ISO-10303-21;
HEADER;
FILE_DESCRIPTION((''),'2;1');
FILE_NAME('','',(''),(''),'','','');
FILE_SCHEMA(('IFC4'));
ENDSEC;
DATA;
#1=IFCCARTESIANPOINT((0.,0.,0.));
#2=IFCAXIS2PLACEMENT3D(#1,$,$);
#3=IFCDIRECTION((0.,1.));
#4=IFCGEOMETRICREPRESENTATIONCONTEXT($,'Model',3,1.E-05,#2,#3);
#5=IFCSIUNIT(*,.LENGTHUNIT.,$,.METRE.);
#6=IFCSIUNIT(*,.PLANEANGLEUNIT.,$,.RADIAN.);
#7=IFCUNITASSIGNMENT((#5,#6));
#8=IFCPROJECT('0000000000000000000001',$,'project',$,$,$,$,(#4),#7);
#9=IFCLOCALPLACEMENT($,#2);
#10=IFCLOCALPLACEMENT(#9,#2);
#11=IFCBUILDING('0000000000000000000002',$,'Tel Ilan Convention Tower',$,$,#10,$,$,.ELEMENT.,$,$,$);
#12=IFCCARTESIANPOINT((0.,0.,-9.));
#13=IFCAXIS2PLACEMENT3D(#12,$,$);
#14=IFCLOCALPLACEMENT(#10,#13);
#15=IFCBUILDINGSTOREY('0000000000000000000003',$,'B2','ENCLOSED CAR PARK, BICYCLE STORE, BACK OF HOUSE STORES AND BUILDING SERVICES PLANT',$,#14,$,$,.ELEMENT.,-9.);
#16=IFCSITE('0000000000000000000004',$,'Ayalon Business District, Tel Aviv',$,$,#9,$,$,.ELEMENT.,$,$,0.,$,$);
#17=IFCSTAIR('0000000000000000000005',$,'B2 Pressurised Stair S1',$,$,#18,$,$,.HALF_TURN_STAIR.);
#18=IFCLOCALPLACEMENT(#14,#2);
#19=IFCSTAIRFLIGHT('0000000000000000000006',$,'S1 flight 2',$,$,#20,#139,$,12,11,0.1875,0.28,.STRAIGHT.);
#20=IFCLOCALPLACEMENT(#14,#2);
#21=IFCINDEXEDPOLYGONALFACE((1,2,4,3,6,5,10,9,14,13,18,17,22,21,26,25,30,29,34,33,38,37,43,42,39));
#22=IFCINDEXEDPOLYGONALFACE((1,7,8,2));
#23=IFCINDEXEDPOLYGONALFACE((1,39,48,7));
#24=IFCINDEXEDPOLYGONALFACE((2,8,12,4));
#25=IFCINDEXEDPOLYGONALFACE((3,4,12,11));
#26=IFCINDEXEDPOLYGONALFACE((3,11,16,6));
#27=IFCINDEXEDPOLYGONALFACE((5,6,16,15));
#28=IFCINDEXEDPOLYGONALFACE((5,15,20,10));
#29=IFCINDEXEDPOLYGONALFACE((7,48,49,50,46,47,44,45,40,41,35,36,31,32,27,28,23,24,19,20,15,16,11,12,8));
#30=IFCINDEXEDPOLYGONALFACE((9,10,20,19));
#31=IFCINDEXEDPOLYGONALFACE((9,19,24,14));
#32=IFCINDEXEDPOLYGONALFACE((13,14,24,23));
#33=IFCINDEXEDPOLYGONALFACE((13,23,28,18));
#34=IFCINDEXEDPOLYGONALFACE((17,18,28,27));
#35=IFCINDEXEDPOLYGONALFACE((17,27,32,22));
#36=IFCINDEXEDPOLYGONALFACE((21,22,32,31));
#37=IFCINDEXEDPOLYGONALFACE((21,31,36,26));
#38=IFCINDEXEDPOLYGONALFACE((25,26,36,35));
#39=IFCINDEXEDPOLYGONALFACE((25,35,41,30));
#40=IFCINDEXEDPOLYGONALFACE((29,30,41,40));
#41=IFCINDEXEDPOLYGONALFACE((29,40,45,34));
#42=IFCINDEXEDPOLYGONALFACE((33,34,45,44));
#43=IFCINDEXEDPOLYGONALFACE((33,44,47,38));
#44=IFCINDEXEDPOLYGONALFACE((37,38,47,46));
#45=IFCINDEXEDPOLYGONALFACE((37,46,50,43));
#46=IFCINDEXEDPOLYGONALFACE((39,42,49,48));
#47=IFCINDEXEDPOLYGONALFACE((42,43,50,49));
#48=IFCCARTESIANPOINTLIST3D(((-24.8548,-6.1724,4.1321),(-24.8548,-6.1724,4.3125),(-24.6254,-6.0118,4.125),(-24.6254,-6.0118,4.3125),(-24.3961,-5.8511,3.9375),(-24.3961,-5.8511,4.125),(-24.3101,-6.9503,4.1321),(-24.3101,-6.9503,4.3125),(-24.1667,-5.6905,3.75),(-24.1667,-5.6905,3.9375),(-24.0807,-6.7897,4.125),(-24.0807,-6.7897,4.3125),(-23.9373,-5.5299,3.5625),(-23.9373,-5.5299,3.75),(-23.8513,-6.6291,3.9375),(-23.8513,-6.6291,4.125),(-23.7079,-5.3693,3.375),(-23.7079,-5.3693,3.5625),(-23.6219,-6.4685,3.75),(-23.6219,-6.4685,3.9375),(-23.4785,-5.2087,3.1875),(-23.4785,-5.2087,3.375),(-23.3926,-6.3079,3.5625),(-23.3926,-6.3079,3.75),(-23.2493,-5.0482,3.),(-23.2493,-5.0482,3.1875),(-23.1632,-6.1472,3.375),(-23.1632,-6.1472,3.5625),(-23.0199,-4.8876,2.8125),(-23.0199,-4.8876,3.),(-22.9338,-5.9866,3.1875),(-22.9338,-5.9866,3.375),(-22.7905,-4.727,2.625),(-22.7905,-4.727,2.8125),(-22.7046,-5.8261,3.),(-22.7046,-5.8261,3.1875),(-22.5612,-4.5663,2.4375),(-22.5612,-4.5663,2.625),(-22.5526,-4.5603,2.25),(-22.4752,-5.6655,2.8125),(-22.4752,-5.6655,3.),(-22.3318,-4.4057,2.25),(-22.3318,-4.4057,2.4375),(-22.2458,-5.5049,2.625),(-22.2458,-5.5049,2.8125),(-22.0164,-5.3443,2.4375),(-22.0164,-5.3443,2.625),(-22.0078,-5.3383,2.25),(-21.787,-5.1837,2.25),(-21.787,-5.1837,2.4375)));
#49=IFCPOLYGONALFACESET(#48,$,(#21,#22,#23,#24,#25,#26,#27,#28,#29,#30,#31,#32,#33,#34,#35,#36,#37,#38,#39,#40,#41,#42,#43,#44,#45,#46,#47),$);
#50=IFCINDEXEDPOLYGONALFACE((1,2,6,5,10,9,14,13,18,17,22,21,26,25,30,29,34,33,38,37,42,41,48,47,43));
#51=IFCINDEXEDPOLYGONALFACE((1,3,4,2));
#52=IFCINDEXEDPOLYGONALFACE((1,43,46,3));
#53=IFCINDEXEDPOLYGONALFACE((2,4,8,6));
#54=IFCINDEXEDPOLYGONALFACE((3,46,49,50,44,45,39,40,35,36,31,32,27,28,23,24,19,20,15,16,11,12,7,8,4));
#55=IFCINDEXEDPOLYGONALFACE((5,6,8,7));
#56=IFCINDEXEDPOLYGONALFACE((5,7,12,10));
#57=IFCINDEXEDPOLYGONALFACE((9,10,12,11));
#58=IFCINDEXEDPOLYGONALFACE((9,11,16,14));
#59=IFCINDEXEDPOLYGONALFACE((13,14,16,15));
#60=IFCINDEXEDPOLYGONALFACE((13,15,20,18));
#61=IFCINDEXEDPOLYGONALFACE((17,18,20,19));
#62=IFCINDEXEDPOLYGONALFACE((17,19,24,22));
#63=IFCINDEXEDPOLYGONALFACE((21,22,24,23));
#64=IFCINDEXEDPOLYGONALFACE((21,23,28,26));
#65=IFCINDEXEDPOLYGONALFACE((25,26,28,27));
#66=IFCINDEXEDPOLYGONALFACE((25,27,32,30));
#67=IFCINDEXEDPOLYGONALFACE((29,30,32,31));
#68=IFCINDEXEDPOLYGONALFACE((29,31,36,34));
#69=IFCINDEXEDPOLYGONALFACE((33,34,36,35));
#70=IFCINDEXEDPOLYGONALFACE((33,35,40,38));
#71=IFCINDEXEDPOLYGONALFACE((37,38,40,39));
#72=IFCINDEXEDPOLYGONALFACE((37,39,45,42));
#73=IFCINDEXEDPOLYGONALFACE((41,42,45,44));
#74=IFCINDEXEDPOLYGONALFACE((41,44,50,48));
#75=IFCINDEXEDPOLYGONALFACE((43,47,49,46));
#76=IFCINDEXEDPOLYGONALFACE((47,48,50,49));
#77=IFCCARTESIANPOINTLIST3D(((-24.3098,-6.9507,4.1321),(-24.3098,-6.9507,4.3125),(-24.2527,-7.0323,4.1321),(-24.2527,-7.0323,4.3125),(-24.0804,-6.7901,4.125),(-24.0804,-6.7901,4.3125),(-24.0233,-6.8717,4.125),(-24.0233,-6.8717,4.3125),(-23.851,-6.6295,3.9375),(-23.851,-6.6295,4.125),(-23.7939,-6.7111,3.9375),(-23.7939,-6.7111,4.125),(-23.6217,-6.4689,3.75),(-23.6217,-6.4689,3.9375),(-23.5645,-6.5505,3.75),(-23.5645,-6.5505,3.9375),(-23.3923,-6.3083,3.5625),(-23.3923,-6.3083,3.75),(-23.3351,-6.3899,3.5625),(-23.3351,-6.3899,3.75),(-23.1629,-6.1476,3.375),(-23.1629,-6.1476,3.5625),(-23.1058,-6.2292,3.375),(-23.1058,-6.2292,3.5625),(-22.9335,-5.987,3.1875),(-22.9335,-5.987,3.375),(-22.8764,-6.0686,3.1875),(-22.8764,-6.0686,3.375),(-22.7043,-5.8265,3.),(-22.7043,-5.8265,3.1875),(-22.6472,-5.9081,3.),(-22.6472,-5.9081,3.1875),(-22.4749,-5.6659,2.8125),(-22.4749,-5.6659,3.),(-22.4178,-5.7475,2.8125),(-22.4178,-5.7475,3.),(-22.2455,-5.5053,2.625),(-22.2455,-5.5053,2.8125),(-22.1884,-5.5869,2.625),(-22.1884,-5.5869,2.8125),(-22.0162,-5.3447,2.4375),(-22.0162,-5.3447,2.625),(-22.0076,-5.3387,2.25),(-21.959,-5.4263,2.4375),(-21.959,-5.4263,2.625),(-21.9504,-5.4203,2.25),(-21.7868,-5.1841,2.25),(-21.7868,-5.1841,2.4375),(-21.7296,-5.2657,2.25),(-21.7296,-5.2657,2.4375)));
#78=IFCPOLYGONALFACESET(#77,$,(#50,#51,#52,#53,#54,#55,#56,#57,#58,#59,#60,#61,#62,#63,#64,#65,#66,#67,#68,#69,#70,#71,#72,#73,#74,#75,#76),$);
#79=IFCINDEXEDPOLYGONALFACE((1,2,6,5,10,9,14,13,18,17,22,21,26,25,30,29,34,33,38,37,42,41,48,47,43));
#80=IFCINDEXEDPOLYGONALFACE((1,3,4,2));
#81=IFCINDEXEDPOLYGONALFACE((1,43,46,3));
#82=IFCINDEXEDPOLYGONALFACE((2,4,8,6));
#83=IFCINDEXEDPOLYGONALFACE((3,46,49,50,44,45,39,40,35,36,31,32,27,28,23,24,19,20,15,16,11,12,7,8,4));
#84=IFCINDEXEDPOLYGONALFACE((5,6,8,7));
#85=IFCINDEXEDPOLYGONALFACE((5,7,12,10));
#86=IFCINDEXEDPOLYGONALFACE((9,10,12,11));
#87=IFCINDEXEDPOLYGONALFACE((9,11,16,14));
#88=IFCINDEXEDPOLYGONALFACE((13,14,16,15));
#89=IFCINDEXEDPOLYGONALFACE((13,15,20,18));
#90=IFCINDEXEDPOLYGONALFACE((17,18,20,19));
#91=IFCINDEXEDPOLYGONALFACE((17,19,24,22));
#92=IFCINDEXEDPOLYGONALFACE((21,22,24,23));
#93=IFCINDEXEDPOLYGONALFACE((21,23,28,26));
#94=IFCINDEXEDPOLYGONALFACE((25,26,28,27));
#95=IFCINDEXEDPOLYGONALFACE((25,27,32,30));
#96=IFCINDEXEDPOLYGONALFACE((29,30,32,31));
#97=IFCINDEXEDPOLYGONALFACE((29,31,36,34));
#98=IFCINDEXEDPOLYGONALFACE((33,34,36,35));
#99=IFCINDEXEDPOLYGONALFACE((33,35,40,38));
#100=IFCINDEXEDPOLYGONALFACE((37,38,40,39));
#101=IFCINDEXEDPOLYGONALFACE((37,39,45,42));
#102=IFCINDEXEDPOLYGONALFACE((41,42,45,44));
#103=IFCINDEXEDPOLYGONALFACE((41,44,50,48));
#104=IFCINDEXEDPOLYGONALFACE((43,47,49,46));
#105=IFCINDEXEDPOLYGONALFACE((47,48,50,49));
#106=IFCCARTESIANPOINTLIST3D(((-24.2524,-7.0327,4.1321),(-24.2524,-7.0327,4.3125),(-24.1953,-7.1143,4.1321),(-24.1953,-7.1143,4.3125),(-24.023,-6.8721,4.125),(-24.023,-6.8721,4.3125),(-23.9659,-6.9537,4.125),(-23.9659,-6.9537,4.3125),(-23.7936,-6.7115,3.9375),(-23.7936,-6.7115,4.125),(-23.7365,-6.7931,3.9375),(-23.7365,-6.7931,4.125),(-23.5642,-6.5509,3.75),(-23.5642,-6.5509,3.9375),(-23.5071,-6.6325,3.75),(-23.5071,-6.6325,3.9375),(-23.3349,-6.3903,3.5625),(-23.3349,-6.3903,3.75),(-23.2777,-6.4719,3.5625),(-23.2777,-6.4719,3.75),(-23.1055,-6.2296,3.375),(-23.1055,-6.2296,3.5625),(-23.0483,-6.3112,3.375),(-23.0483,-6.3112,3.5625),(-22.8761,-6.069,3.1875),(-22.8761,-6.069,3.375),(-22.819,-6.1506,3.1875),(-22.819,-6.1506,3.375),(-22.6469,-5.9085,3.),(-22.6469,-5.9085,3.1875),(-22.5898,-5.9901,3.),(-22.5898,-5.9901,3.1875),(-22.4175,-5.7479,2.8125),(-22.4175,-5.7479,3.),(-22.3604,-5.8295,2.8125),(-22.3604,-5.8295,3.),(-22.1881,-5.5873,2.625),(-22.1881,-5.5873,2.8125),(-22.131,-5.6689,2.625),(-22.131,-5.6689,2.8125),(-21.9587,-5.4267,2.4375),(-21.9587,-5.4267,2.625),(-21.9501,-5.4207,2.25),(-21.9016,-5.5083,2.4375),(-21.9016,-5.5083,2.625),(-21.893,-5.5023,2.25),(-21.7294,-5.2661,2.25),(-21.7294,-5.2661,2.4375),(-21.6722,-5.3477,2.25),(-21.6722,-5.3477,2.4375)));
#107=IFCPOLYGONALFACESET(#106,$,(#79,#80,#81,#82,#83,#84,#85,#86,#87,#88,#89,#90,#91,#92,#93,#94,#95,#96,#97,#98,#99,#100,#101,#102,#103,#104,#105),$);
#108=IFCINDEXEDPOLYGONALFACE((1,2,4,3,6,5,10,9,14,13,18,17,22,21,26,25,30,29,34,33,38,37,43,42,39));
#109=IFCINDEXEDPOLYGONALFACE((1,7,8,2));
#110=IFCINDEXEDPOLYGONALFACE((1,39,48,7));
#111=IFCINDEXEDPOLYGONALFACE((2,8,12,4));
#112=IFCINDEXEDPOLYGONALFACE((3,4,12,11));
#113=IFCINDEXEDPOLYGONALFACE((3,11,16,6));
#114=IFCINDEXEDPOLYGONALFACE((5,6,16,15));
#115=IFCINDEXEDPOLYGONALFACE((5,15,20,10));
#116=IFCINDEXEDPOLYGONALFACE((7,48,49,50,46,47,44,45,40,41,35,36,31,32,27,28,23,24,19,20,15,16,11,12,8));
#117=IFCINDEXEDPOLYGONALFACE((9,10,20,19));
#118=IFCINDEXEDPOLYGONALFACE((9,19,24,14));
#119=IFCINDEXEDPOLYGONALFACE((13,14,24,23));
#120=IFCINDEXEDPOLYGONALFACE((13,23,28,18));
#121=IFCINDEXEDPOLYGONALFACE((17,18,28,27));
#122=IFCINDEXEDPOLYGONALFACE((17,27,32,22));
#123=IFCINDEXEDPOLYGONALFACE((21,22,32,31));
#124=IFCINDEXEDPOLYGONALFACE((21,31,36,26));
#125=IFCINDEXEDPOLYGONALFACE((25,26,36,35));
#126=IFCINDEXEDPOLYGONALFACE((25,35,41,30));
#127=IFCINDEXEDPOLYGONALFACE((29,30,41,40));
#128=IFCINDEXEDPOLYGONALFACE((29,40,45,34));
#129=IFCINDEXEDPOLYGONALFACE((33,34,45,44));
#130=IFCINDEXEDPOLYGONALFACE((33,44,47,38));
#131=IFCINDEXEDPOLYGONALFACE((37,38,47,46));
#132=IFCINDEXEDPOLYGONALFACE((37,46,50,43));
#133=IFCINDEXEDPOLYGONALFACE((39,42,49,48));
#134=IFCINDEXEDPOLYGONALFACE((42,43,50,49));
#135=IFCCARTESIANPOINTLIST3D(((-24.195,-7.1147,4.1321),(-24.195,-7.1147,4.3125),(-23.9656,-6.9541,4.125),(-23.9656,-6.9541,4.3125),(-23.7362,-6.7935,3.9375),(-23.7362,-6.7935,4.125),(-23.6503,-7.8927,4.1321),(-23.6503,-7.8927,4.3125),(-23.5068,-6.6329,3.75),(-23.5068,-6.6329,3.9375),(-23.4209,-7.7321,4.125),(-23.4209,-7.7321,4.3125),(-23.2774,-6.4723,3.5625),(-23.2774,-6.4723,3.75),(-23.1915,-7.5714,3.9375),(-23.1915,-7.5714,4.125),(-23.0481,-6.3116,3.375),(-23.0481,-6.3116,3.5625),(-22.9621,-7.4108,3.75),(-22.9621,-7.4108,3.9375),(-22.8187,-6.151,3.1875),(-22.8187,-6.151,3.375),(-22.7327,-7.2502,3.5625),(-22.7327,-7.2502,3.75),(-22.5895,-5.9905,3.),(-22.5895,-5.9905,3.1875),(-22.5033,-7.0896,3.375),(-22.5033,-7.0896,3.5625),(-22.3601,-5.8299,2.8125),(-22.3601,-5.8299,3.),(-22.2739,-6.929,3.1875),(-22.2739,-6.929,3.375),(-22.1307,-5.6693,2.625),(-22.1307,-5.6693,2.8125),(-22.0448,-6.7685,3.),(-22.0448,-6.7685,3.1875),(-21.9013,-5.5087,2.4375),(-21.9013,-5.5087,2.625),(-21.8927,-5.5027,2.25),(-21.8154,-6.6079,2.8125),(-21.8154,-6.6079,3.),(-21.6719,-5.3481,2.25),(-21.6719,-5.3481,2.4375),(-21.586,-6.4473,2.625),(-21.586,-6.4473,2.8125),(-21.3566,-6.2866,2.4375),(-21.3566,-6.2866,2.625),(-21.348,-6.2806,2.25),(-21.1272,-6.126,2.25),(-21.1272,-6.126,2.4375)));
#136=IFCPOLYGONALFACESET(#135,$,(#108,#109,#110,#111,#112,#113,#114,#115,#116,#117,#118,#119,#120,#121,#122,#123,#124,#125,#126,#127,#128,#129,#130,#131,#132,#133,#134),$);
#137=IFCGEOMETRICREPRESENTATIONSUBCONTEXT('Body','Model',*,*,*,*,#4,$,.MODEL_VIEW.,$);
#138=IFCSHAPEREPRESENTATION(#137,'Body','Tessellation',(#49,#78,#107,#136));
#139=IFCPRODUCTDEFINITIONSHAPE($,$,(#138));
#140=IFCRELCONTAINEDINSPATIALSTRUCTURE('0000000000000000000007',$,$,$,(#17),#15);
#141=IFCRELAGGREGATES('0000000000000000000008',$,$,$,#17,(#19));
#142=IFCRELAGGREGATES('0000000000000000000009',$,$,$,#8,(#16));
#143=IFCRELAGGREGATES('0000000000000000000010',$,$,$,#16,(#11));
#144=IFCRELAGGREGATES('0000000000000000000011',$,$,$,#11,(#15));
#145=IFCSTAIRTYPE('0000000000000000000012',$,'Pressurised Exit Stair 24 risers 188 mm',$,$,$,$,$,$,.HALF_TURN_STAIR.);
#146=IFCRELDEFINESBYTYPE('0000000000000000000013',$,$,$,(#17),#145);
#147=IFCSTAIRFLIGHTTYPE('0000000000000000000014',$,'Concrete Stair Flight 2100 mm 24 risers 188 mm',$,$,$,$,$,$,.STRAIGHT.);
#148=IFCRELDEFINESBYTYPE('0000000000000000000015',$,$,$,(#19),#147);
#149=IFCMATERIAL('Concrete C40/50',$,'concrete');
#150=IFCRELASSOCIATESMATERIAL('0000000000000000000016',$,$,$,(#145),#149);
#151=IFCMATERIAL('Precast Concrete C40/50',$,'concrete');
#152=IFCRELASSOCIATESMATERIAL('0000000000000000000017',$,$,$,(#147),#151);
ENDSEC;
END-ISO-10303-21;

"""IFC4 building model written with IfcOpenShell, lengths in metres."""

from ifc_helpers import new_model, si_unit, direction, frame, origin, place, context, subcontext, project, spatial, polyline, outline, extrude, material, type_object, element, aggregate, save


model = new_model("IFC4")

# Units and contexts
model_context = context("Model", 3, precision=1e-05, world=origin(), true_north=direction((0.0, 1.0)))
body_context = subcontext(model_context, "Body", "Model", "MODEL_VIEW")
ifc_project = project(units=[si_unit("LENGTHUNIT", "METRE"), si_unit("PLANEANGLEUNIT", "RADIAN")], contexts=[model_context])

# Site, building, storey
site_placement = place(None, origin())
site = spatial("IfcSite", under=ifc_project, at=site_placement, Name="Ayalon Business District, Tel Aviv", CompositionType="ELEMENT", RefElevation=0.0)
building_placement = place(site_placement, origin())
building = spatial("IfcBuilding", under=site, at=building_placement, Name="Tel Ilan Convention Tower", CompositionType="ELEMENT")
storey_placement = place(building_placement, frame((0.0, 0.0, -9.0)))
storey = spatial("IfcBuildingStorey", under=building, at=storey_placement, Name="B2", Description="ENCLOSED CAR PARK, BICYCLE STORE, BACK OF HOUSE STORES AND BUILDING SERVICES PLANT", CompositionType="ELEMENT", Elevation=-9.0)

# Stair, stair flight
ifc_material_1 = material(Name="Concrete C40/50", Category="concrete")
stair_type = type_object("IfcStairType", Name="Pressurised Exit Stair 24 risers 188 mm", PredefinedType="HALF_TURN_STAIR", material=ifc_material_1)
stair_1_placement = place(storey_placement, origin())
stair_1 = element("IfcStair", 1, at=stair_1_placement, inside=storey, type_object=stair_type, Name="B2 Pressurised Stair S1", PredefinedType="HALF_TURN_STAIR")
ifc_material_2 = material(Name="Precast Concrete C40/50", Category="concrete")
stair_flight_type = type_object("IfcStairFlightType", Name="Concrete Stair Flight 2100 mm 24 risers 188 mm", PredefinedType="STRAIGHT", material=ifc_material_2)
stair_flight_1_placement = place(storey_placement, frame((-21.7295, -5.2659, 2.25), z_axis=(0.0, 0.0, 1.0), x_axis=(-0.819152, -0.573576, 0.0)))
stair_flight_1 = element("IfcStairFlight", 2, at=stair_flight_1_placement, type_object=stair_flight_type, Name="S1 flight 2", NumberOfRisers=12, NumberOfTreads=11, PredefinedType="STRAIGHT", RiserHeight=0.1875, TreadLength=0.28, context=body_context, shape_type="SweptSolid", body=[
    extrude(outline(polyline([(0.0, 0.0), (0.0, 0.1875), (0.28, 0.1875), (0.28, 0.375), (0.5601, 0.375), (0.5601, 0.5625), (0.8401, 0.5625), (0.8401, 0.75), (1.1201, 0.75), (1.1201, 0.9375), (1.3999, 0.9375), (1.3999, 1.125), (1.6799, 1.125), (1.6799, 1.3125), (1.96, 1.3125), (1.96, 1.5), (2.24, 1.5), (2.24, 1.6875), (2.52, 1.6875), (2.52, 1.875), (2.8, 1.875), (2.8, 2.0625), (3.0801, 2.0625), (3.0801, 2.25), (3.0801, 1.8821), (0.2695, 0.0), (0.0, 0.0)])), frame((0.0, -0.1003, 0.0), z_axis=(0.0, -1.0, 0.0), x_axis=(1.0, 0.0, 0.0)), (0.0, 0.0, 1.0), 0.9497),
    extrude(outline(polyline([(0.0, 0.0), (0.0, 0.1875), (0.28, 0.1875), (0.28, 0.375), (0.5601, 0.375), (0.5601, 0.5625), (0.8401, 0.5625), (0.8401, 0.75), (1.1201, 0.75), (1.1201, 0.9375), (1.3999, 0.9375), (1.3999, 1.125), (1.6799, 1.125), (1.6799, 1.3125), (1.96, 1.3125), (1.96, 1.5), (2.24, 1.5), (2.24, 1.6875), (2.52, 1.6875), (2.52, 1.875), (2.8, 1.875), (2.8, 2.0625), (3.0801, 2.0625), (3.0801, 2.25), (3.0801, 1.8821), (0.2695, 0.0), (0.0, 0.0)])), frame((0.0, -0.0002, 0.0), z_axis=(0.0, -1.0, 0.0), x_axis=(1.0, 0.0, 0.0)), (0.0, 0.0, 1.0), 0.0996),
    extrude(outline(polyline([(0.0, 0.0), (0.0, 0.1875), (0.28, 0.1875), (0.28, 0.375), (0.5601, 0.375), (0.5601, 0.5625), (0.8401, 0.5625), (0.8401, 0.75), (1.1201, 0.75), (1.1201, 0.9375), (1.3999, 0.9375), (1.3999, 1.125), (1.6799, 1.125), (1.6799, 1.3125), (1.96, 1.3125), (1.96, 1.5), (2.24, 1.5), (2.24, 1.6875), (2.52, 1.6875), (2.52, 1.875), (2.8, 1.875), (2.8, 2.0625), (3.0801, 2.0625), (3.0801, 2.25), (3.0801, 1.8821), (0.2695, 0.0), (0.0, 0.0)])), frame((0.0, 0.0999, 0.0), z_axis=(0.0, -1.0, 0.0), x_axis=(1.0, 0.0, 0.0)), (0.0, 0.0, 1.0), 0.0996),
    extrude(outline(polyline([(0.0, 0.0), (0.0, 0.1875), (0.28, 0.1875), (0.28, 0.375), (0.5601, 0.375), (0.5601, 0.5625), (0.8401, 0.5625), (0.8401, 0.75), (1.1201, 0.75), (1.1201, 0.9375), (1.3999, 0.9375), (1.3999, 1.125), (1.6799, 1.125), (1.6799, 1.3125), (1.96, 1.3125), (1.96, 1.5), (2.24, 1.5), (2.24, 1.6875), (2.52, 1.6875), (2.52, 1.875), (2.8, 1.875), (2.8, 2.0625), (3.0801, 2.0625), (3.0801, 2.25), (3.0801, 1.8821), (0.2695, 0.0), (0.0, 0.0)])), frame((0.0, 1.05, 0.0), z_axis=(0.0, -1.0, 0.0), x_axis=(1.0, 0.0, 0.0)), (0.0, 0.0, 1.0), 0.9497),
])
aggregate(stair_1, [stair_flight_1])

save(model, "model.ifc")
